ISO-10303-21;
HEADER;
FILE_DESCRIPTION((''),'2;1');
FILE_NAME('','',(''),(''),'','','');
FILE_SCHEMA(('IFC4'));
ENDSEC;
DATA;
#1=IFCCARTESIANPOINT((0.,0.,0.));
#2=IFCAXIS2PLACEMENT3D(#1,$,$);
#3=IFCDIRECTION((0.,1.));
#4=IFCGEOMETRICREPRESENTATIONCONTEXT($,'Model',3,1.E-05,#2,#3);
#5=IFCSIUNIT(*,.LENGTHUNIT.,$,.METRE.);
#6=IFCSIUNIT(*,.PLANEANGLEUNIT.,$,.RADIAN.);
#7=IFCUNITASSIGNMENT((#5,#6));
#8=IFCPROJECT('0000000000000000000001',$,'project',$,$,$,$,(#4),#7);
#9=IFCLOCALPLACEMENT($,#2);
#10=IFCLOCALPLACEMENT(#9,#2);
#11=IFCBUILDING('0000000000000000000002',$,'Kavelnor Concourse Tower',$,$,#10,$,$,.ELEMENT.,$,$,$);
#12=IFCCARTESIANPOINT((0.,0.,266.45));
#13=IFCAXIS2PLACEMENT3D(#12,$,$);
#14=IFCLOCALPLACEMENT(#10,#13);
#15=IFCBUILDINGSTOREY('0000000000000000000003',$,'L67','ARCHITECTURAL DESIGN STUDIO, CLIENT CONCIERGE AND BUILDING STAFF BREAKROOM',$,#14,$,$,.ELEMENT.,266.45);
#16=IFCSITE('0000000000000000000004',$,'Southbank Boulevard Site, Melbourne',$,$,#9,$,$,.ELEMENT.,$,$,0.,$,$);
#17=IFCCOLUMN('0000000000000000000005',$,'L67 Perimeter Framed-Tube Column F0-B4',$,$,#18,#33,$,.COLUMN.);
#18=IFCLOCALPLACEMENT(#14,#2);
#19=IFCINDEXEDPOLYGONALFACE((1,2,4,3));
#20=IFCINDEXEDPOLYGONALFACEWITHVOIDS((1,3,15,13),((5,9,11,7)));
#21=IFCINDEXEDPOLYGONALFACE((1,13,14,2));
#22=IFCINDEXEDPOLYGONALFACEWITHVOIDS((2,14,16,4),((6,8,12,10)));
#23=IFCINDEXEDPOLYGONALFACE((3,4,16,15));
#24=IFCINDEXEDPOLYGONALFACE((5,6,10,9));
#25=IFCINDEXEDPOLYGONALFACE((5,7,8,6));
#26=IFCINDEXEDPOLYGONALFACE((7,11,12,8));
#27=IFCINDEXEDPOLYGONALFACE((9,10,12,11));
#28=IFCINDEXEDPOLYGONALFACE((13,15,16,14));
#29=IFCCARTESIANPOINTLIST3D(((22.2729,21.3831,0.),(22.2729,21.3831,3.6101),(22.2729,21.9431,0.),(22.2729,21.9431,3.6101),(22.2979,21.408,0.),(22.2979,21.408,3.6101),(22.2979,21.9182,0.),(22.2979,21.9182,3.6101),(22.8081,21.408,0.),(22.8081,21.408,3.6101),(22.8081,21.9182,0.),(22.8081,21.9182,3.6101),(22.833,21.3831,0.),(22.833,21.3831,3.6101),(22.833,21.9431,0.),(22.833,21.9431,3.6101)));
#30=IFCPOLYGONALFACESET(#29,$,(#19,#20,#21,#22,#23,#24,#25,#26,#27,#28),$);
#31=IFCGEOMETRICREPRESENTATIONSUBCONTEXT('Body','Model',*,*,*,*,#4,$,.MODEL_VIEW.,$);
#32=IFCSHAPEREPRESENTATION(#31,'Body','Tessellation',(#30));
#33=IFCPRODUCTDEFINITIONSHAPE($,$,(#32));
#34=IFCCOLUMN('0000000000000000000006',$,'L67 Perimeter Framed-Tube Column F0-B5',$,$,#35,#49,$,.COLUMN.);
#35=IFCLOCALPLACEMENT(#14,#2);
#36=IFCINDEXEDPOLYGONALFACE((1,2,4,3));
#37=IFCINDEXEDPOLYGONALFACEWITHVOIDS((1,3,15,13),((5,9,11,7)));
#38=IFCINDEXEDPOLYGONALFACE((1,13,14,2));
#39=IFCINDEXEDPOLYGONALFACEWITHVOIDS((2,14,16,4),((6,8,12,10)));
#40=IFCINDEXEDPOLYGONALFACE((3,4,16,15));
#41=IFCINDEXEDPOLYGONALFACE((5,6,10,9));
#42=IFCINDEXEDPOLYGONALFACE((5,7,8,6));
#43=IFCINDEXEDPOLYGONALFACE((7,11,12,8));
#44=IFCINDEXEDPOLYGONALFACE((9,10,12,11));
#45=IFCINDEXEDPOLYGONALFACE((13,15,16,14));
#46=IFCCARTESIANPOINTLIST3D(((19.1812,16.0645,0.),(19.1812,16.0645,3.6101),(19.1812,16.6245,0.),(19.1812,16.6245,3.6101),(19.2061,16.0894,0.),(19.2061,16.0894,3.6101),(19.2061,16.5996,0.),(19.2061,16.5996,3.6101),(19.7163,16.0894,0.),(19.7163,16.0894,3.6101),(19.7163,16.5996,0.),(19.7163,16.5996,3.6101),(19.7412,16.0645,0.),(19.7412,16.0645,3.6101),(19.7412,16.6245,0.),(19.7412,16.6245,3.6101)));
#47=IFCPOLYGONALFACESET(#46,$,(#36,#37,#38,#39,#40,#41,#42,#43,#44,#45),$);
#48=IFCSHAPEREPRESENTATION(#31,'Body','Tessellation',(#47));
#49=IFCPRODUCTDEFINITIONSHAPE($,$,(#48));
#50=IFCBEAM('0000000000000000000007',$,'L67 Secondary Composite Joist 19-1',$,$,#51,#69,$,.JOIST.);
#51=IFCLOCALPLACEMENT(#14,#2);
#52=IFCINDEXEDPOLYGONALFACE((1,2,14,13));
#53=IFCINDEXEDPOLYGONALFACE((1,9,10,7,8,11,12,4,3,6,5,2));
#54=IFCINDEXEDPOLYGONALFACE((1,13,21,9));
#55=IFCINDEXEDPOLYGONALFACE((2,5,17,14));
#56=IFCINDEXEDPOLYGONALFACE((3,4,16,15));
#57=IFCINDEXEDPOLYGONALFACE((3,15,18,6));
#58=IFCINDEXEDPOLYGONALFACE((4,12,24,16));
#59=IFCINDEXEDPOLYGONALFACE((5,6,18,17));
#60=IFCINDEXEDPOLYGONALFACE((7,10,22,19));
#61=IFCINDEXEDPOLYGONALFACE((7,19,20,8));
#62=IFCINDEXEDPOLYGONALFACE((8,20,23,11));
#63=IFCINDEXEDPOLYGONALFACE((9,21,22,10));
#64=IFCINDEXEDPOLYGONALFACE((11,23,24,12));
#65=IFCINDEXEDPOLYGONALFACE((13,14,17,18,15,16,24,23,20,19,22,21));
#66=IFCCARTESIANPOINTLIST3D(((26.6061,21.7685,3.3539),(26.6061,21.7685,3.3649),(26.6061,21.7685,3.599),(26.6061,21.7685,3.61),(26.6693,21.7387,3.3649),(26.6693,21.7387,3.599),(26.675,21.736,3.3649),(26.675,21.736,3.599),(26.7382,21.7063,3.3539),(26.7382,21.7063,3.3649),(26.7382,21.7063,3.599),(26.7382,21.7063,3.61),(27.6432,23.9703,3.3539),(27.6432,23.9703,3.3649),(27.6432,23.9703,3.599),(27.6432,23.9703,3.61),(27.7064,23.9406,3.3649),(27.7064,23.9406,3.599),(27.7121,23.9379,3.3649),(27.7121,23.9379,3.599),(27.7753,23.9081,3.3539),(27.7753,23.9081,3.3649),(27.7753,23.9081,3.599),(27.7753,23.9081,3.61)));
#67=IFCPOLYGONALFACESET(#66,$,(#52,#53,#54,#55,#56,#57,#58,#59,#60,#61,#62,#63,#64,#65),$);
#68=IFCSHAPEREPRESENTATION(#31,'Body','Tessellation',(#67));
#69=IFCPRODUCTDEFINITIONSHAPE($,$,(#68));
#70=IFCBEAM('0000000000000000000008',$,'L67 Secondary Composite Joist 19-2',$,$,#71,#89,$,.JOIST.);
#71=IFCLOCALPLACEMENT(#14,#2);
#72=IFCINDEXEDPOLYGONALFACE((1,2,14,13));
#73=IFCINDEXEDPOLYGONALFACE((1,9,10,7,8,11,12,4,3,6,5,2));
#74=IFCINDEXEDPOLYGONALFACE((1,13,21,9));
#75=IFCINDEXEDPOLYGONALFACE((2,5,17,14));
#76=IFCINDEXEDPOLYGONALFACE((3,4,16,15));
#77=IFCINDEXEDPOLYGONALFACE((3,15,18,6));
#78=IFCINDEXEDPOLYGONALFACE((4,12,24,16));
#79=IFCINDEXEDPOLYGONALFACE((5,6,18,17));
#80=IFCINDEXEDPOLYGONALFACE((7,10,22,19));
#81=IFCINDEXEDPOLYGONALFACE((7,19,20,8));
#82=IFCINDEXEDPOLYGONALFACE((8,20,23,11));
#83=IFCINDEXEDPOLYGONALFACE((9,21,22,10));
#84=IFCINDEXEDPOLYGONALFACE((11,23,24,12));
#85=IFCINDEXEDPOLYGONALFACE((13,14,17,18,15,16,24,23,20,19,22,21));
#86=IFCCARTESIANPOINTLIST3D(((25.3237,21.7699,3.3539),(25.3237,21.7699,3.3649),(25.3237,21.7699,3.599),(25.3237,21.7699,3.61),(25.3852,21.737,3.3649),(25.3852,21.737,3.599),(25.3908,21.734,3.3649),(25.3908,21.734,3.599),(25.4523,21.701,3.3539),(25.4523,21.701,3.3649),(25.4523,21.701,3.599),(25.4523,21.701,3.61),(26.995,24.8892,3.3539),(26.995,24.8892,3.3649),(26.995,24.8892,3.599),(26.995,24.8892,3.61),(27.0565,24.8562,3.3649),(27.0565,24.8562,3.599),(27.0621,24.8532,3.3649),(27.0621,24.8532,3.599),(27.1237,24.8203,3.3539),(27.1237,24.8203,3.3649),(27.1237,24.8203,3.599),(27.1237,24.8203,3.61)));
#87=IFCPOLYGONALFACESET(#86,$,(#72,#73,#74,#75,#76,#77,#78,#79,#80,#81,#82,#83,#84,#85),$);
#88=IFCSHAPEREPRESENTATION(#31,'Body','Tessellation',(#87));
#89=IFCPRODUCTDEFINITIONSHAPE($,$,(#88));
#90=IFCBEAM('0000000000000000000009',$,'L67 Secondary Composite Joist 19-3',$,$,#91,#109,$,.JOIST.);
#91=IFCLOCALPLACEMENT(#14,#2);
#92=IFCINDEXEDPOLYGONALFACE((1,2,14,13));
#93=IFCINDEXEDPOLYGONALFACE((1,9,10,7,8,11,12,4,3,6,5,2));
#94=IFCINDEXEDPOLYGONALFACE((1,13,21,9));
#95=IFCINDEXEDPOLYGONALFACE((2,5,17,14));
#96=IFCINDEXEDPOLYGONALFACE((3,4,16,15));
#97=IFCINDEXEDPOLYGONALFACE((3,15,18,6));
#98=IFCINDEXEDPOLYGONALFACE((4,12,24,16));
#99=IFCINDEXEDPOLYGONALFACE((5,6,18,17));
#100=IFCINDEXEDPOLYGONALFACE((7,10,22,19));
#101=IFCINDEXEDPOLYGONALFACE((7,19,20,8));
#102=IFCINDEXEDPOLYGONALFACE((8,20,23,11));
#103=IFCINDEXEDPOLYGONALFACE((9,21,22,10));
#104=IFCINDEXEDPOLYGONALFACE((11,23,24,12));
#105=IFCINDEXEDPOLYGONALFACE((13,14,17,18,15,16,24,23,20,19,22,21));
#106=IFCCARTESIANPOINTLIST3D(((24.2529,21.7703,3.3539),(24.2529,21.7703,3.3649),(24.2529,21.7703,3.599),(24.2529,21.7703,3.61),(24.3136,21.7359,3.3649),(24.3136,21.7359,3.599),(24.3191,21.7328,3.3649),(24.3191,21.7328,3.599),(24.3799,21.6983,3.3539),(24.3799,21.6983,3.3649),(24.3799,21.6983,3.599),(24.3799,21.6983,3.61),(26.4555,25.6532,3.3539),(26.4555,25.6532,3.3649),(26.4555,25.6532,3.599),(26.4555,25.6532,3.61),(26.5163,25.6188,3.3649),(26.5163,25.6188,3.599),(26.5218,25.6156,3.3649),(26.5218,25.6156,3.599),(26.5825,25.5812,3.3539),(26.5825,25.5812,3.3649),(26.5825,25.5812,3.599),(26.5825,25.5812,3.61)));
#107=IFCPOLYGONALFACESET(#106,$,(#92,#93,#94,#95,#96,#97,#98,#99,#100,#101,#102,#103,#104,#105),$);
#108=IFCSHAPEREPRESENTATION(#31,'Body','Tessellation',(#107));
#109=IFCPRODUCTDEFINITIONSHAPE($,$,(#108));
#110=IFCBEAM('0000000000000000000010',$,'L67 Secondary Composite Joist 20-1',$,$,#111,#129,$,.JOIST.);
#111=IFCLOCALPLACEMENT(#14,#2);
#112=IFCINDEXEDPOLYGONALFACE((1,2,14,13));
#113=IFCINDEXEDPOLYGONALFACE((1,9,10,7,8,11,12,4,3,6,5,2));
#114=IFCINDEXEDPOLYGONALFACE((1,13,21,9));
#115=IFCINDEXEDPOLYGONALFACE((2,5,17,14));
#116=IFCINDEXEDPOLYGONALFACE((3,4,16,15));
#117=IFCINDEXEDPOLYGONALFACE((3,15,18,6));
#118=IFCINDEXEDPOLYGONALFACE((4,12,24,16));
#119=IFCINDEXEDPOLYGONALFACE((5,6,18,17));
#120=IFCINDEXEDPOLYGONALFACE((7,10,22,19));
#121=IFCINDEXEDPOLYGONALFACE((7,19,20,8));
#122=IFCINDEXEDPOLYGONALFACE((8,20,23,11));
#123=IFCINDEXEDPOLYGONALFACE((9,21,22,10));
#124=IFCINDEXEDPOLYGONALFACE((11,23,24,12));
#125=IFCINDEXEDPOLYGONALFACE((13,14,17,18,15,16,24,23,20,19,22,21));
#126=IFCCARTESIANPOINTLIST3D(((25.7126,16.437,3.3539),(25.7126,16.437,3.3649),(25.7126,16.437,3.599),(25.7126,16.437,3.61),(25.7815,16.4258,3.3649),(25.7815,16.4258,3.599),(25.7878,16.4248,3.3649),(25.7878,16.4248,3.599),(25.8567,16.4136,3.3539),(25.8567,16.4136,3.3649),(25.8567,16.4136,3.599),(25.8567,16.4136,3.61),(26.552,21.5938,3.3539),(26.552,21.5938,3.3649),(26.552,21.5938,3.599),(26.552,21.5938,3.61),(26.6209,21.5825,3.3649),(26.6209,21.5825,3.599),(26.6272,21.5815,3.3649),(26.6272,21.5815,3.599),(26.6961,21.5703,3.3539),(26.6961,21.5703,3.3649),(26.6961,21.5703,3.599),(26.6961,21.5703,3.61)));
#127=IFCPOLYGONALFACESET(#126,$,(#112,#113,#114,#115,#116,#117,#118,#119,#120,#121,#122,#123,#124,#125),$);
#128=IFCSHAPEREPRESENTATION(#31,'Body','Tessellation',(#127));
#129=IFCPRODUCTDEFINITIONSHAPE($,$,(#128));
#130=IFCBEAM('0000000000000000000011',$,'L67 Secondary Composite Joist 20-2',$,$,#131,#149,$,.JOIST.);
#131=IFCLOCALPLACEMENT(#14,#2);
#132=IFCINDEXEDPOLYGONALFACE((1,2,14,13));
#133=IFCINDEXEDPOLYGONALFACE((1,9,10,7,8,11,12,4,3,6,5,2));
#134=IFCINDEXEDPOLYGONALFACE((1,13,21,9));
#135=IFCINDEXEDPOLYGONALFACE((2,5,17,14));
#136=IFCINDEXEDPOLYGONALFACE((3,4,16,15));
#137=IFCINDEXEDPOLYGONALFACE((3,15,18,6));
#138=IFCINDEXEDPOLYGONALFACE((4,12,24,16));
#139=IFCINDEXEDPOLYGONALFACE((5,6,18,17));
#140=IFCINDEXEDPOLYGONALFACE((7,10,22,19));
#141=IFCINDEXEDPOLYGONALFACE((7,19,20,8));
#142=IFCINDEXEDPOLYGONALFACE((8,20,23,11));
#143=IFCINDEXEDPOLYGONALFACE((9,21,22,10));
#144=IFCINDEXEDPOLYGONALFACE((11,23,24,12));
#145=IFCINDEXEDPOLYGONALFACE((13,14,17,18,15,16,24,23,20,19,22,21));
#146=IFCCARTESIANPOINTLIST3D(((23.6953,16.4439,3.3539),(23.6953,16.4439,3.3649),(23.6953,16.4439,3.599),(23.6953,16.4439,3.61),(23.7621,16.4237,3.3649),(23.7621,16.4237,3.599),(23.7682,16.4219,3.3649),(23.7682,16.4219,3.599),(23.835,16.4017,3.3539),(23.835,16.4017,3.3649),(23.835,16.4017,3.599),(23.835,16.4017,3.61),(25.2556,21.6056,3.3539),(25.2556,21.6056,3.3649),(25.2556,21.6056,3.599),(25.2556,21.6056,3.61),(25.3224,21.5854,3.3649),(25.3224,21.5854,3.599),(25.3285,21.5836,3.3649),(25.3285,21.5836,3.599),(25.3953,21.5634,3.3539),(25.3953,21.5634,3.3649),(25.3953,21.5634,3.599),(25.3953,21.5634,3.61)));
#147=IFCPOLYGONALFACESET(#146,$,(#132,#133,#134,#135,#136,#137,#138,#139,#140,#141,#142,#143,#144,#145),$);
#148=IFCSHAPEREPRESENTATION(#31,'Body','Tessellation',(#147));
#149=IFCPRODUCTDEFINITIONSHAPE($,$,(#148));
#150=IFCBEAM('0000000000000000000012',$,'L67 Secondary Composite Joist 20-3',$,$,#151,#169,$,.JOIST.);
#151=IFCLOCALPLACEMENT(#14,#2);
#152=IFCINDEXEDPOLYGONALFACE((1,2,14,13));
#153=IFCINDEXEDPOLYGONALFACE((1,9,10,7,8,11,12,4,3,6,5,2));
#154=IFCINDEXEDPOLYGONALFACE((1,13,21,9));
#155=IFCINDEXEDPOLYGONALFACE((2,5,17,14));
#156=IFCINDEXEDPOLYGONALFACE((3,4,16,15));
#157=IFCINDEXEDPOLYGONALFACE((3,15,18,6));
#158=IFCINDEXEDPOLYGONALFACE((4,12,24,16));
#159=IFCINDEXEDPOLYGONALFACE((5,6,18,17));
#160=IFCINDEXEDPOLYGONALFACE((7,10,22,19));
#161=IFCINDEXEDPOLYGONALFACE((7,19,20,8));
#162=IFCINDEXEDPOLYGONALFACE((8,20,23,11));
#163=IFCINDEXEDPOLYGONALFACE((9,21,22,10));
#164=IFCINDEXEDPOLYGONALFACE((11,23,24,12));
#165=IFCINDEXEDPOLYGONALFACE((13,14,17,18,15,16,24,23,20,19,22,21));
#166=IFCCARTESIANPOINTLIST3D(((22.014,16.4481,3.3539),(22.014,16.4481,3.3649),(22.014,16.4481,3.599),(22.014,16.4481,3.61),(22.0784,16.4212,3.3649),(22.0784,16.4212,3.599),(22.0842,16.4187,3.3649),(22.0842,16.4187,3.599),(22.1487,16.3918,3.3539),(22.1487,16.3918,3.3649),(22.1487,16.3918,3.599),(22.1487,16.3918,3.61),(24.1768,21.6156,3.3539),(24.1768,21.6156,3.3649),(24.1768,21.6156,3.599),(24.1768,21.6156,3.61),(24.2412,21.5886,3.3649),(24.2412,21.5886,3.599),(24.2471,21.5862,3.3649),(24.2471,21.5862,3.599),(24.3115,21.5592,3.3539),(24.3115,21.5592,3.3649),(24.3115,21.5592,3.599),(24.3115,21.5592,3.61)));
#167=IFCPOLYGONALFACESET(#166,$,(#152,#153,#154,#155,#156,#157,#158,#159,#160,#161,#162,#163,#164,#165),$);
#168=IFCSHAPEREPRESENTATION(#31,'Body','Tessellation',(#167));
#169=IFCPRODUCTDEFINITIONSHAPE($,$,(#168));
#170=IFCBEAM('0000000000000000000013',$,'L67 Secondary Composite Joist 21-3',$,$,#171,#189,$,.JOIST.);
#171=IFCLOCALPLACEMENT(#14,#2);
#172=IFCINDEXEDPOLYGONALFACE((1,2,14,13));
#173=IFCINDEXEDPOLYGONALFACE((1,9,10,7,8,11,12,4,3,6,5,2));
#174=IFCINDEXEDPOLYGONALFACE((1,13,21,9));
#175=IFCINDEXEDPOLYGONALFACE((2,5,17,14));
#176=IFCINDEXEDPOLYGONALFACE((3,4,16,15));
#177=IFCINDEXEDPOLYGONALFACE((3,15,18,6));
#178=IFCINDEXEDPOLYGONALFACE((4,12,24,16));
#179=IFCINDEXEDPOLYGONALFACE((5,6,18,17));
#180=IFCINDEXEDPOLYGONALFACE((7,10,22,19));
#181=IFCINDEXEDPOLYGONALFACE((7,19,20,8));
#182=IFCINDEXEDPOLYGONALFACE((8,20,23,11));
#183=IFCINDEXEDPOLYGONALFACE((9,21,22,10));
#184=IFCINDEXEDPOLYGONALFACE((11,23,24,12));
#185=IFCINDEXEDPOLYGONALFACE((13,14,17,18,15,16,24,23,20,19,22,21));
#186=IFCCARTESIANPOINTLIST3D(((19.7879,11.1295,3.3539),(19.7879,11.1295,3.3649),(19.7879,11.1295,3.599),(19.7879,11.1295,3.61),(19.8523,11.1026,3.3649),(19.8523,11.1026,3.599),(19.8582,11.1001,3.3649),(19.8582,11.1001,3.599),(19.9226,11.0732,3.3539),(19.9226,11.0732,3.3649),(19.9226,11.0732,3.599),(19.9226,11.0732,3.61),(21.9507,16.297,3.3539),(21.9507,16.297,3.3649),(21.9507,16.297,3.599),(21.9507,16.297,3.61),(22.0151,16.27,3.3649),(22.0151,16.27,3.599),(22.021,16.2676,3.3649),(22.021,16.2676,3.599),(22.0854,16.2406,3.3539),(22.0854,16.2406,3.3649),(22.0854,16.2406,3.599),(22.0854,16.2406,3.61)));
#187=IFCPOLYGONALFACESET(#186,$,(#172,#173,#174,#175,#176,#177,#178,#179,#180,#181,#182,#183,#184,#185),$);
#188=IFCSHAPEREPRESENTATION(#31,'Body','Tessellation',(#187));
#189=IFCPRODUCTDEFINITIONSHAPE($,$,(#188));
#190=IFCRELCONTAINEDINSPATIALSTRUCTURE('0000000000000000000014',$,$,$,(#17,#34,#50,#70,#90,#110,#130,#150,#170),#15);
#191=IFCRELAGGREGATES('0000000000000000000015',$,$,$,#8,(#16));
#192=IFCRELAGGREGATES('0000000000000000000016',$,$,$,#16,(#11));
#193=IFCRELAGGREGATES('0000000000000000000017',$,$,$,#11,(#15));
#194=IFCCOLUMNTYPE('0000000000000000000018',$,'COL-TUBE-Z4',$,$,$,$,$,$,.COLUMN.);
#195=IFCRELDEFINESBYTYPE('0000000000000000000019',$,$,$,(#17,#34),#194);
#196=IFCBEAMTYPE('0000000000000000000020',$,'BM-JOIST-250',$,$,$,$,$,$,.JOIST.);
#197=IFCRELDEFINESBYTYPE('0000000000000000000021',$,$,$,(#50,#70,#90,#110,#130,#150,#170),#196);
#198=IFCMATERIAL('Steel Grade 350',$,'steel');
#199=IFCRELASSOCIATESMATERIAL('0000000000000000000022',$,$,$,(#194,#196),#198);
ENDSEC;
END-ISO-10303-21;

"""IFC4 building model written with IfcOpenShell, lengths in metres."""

from ifc_helpers import new_model, si_unit, direction, frame, origin, origin_2d, place, context, subcontext, project, spatial, hollow_rectangle, i_section, extrude, material, material_profile, profile_set, type_object, element, save


model = new_model("IFC4")

# Units and contexts
model_context = context("Model", 3, precision=1e-05, world=origin(), true_north=direction((0.0, 1.0)))
body_context = subcontext(model_context, "Body", "Model", "MODEL_VIEW")
ifc_project = project(units=[si_unit("LENGTHUNIT", "METRE"), si_unit("PLANEANGLEUNIT", "RADIAN")], contexts=[model_context])

# Site, building, storey
site_placement = place(None, origin())
site = spatial("IfcSite", under=ifc_project, at=site_placement, Name="Southbank Boulevard Site, Melbourne", CompositionType="ELEMENT", RefElevation=0.0)
building_placement = place(site_placement, origin())
building = spatial("IfcBuilding", under=site, at=building_placement, Name="Kavelnor Concourse Tower", CompositionType="ELEMENT")
storey_placement = place(building_placement, frame((0.0, 0.0, 266.45)))
storey = spatial("IfcBuildingStorey", under=building, at=storey_placement, Name="L67", Description="ARCHITECTURAL DESIGN STUDIO, CLIENT CONCIERGE AND BUILDING STAFF BREAKROOM", CompositionType="ELEMENT", Elevation=266.45)

# Columns
ifc_material_1 = material(Name="Steel Grade 350", Category="steel")
ifc_material_profile_1 = material_profile(ifc_material_1, hollow_rectangle(XDim=0.5601, YDim=0.5601, WallThickness=0.0249, at=origin_2d()), Name="SHS 560x560x25")
ifc_profile_set_1 = profile_set([ifc_material_profile_1], Name="Steel Grade 350")
column_type = type_object("IfcColumnType", Name="COL-TUBE-Z4", PredefinedType="COLUMN", material=ifc_profile_set_1)
for number, where, z_axis, x_axis, name in (
    (1, (22.553, 21.6631, 0.0), (0.0, 0.0, 1.0), (1.0, 0.0, 0.0), "L67 Perimeter Framed-Tube Column F0-B4"),
    (2, (19.4612, 16.3445, 0.0), (0.0, 0.0, 1.0), (1.0, 0.0, 0.0), "L67 Perimeter Framed-Tube Column F0-B5"),
):
    element("IfcColumn", number, at=place(storey_placement, frame(where, z_axis=z_axis, x_axis=x_axis)), inside=storey, type_object=column_type, Name=name, PredefinedType="COLUMN", context=body_context, shape_type="SweptSolid", body=[
        extrude(hollow_rectangle(XDim=0.5601, YDim=0.5601, WallThickness=0.0249, at=origin_2d()), origin(), (0.0, 0.0, 1.0), 3.6101),
    ])

# Beams
ifc_material_profile_2 = material_profile(ifc_material_1, i_section(OverallWidth=0.146, OverallDepth=0.2561, WebThickness=0.0063, FlangeThickness=0.011, at=origin_2d()), Name="250UB37")
ifc_profile_set_2 = profile_set([ifc_material_profile_2], Name="Steel Grade 350")
beam_type_1 = type_object("IfcBeamType", Name="BM-JOIST-250", PredefinedType="JOIST", material=ifc_profile_set_2)
beam_1_placement = place(storey_placement, frame((27.7092, 23.9392, 3.4819), z_axis=(-0.426106, -0.904673, 0.0), x_axis=(0.904673, -0.426106, 0.0)))
element("IfcBeam", 3, at=beam_1_placement, inside=storey, type_object=beam_type_1, Name="L67 Secondary Composite Joist 19-1", PredefinedType="JOIST", context=body_context, shape_type="SweptSolid", body=[
    extrude(i_section(OverallWidth=0.146, OverallDepth=0.2561, WebThickness=0.0063, FlangeThickness=0.011, at=origin_2d()), origin(), (0.0, 0.0, 1.0), 2.4338),
])
beam_2_placement = place(storey_placement, frame((27.0593, 24.8547, 3.4819), z_axis=(-0.472285, -0.881446, 0.0), x_axis=(0.881446, -0.472285, 0.0)))
element("IfcBeam", 4, at=beam_2_placement, inside=storey, type_object=beam_type_1, Name="L67 Secondary Composite Joist 19-2", PredefinedType="JOIST", context=body_context, shape_type="SweptSolid", body=[
    extrude(i_section(OverallWidth=0.146, OverallDepth=0.2561, WebThickness=0.0063, FlangeThickness=0.011, at=origin_2d()), origin(), (0.0, 0.0, 1.0), 3.5388),
])
beam_3_placement = place(storey_placement, frame((26.519, 25.6172, 3.4819), z_axis=(-0.493415, -0.869794, 0.0), x_axis=(0.869794, -0.493415, 0.0)))
element("IfcBeam", 5, at=beam_3_placement, inside=storey, type_object=beam_type_1, Name="L67 Secondary Composite Joist 19-3", PredefinedType="JOIST", context=body_context, shape_type="SweptSolid", body=[
    extrude(i_section(OverallWidth=0.146, OverallDepth=0.2561, WebThickness=0.0063, FlangeThickness=0.011, at=origin_2d()), origin(), (0.0, 0.0, 1.0), 4.4641),
])
beam_4_placement = place(storey_placement, frame((26.624, 21.582, 3.4819), z_axis=(-0.160654, -0.987011, 0.0), x_axis=(0.987011, -0.160654, 0.0)))
element("IfcBeam", 6, at=beam_4_placement, inside=storey, type_object=beam_type_1, Name="L67 Secondary Composite Joist 20-1", PredefinedType="JOIST", context=body_context, shape_type="SweptSolid", body=[
    extrude(i_section(OverallWidth=0.146, OverallDepth=0.2561, WebThickness=0.0063, FlangeThickness=0.011, at=origin_2d()), origin(), (0.0, 0.0, 1.0), 5.2246),
])
beam_5_placement = place(storey_placement, frame((25.3254, 21.5845, 3.4819), z_axis=(-0.289358, -0.957221, 0.0), x_axis=(0.957221, -0.289358, 0.0)))
element("IfcBeam", 7, at=beam_5_placement, inside=storey, type_object=beam_type_1, Name="L67 Secondary Composite Joist 20-2", PredefinedType="JOIST", context=body_context, shape_type="SweptSolid", body=[
    extrude(i_section(OverallWidth=0.146, OverallDepth=0.2561, WebThickness=0.0063, FlangeThickness=0.011, at=origin_2d()), origin(), (0.0, 0.0, 1.0), 5.3923),
])
for number, where, z_axis, x_axis, name in (
    (8, (24.2441, 21.5874, 3.4819), (-0.386094, -0.922459, 0.0), (0.922459, -0.386094, 0.0), "L67 Secondary Composite Joist 20-3"),
    (9, (22.0181, 16.2688, 3.4819), (-0.386094, -0.922459, 0.0), (0.922459, -0.386094, 0.0), "L67 Secondary Composite Joist 21-3"),
):
    element("IfcBeam", number, at=place(storey_placement, frame(where, z_axis=z_axis, x_axis=x_axis)), inside=storey, type_object=beam_type_1, Name=name, PredefinedType="JOIST", context=body_context, shape_type="SweptSolid", body=[
        extrude(i_section(OverallWidth=0.146, OverallDepth=0.2561, WebThickness=0.0063, FlangeThickness=0.011, at=origin_2d()), origin(), (0.0, 0.0, 1.0), 5.6018),
    ])

save(model, "model.ifc")
